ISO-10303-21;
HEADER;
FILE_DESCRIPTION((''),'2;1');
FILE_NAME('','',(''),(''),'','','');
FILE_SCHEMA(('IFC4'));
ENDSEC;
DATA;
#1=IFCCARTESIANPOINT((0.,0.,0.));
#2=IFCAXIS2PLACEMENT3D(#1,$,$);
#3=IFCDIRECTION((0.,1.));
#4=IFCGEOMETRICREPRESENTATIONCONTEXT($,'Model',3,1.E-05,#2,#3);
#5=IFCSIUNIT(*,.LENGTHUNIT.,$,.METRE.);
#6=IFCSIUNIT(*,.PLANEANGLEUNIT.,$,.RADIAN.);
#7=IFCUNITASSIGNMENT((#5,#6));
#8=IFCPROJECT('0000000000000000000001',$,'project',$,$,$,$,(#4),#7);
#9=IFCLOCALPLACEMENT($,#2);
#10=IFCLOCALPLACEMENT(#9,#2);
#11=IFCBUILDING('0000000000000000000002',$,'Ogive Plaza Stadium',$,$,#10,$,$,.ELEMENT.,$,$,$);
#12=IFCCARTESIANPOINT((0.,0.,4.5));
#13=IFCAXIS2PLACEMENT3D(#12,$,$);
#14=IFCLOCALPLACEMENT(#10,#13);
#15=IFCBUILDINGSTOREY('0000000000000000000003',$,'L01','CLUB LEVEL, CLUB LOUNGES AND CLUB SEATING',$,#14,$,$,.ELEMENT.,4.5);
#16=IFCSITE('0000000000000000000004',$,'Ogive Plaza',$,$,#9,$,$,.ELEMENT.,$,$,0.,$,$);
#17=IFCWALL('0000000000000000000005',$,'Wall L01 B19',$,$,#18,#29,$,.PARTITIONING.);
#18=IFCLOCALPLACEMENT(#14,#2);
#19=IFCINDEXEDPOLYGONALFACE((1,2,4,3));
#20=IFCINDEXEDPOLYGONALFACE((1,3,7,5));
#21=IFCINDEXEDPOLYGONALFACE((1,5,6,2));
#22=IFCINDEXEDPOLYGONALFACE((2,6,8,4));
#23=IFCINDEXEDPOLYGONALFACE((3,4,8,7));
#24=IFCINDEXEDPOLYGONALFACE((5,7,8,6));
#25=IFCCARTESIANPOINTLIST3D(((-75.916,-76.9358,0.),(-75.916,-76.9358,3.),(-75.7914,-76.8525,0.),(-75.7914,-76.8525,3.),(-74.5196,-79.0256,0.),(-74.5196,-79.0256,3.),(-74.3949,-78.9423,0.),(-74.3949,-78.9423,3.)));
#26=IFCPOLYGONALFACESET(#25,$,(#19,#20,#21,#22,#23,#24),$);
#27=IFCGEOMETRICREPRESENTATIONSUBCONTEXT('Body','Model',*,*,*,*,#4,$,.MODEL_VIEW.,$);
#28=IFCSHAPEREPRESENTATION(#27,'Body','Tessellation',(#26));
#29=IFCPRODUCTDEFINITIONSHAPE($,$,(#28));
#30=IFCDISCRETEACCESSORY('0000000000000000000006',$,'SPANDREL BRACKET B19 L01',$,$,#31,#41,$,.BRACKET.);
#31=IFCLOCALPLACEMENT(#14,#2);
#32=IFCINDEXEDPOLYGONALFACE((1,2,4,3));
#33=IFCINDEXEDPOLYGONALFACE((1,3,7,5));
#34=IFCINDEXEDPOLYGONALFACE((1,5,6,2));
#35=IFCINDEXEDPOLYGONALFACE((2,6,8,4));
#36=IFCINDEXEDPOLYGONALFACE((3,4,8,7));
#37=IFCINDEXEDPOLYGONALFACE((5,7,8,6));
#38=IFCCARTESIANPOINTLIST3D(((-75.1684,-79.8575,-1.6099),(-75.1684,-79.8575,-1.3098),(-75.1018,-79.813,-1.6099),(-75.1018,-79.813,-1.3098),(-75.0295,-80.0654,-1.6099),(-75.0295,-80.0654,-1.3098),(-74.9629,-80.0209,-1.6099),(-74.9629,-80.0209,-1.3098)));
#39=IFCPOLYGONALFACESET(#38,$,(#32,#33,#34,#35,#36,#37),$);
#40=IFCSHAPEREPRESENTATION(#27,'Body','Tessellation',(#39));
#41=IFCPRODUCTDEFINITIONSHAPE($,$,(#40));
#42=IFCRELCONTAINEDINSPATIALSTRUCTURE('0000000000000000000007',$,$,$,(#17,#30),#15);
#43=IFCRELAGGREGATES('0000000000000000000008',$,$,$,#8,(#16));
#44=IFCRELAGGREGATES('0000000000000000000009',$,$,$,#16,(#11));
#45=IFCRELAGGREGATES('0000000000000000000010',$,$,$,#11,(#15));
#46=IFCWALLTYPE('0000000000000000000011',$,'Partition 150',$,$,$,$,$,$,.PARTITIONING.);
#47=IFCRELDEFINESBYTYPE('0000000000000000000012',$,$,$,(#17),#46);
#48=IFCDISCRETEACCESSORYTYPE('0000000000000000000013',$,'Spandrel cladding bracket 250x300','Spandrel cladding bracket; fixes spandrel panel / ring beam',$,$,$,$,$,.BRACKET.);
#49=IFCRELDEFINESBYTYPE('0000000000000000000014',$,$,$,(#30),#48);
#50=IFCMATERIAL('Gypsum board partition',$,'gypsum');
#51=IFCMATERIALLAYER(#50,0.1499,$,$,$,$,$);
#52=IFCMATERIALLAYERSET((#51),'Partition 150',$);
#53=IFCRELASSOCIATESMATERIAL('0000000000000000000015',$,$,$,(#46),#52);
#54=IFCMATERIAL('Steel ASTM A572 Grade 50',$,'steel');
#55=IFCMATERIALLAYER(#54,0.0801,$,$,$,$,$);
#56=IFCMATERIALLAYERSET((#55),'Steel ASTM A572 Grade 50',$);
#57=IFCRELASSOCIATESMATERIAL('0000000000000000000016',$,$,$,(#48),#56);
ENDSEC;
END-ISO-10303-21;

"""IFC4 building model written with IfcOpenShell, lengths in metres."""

from ifc_helpers import new_model, si_unit, direction, frame, frame_2d, origin, origin_2d, place, context, subcontext, project, spatial, rectangle, extrude, material, layer, layer_set, type_object, element, save


model = new_model("IFC4")

# Units and contexts
model_context = context("Model", 3, precision=1e-05, world=origin(), true_north=direction((0.0, 1.0)))
body_context = subcontext(model_context, "Body", "Model", "MODEL_VIEW")
ifc_project = project(units=[si_unit("LENGTHUNIT", "METRE"), si_unit("PLANEANGLEUNIT", "RADIAN")], contexts=[model_context])

# Site, building, storey
site_placement = place(None, origin())
site = spatial("IfcSite", under=ifc_project, at=site_placement, Name="Ogive Plaza", CompositionType="ELEMENT", RefElevation=0.0)
building_placement = place(site_placement, origin())
building = spatial("IfcBuilding", under=site, at=building_placement, Name="Ogive Plaza Stadium", CompositionType="ELEMENT")
storey_placement = place(building_placement, frame((0.0, 0.0, 4.5)))
storey = spatial("IfcBuildingStorey", under=building, at=storey_placement, Name="L01", Description="CLUB LEVEL, CLUB LOUNGES AND CLUB SEATING", CompositionType="ELEMENT", Elevation=4.5)

# Wall
ifc_material_1 = material(Name="Gypsum board partition", Category="gypsum")
ifc_layer_1 = layer(ifc_material_1, 0.1499)
ifc_layer_set_1 = layer_set([ifc_layer_1], Name="Partition 150")
wall_type = type_object("IfcWallType", Name="Partition 150", PredefinedType="PARTITIONING", material=ifc_layer_set_1)
wall_placement = place(storey_placement, frame((-75.8538, -76.894, 0.0), z_axis=(0.0, 0.0, 1.0), x_axis=(0.555596, -0.831452, 0.0)))
element("IfcWall", 1, at=wall_placement, inside=storey, type_object=wall_type, Name="Wall L01 B19", PredefinedType="PARTITIONING", context=body_context, shape_type="SweptSolid", body=[
    extrude(rectangle(XDim=2.5134, YDim=0.1499, at=frame_2d((1.2568, 0.0))), origin(), (0.0, 0.0, 1.0), 3.0),
])

# Discrete accessory
ifc_material_2 = material(Name="Steel ASTM A572 Grade 50", Category="steel")
ifc_layer_2 = layer(ifc_material_2, 0.0801)
ifc_layer_set_2 = layer_set([ifc_layer_2], Name="Steel ASTM A572 Grade 50")
discrete_accessory_type = type_object("IfcDiscreteAccessoryType", Name="Spandrel cladding bracket 250x300", Description="Spandrel cladding bracket; fixes spandrel panel / ring beam", PredefinedType="BRACKET", material=ifc_layer_set_2)
discrete_accessory_placement = place(storey_placement, frame((-75.0657, -79.9392, -1.6099), z_axis=(0.0, 0.0, 1.0), x_axis=(-0.55557, 0.83147, 0.0)))
element("IfcDiscreteAccessory", 2, at=discrete_accessory_placement, inside=storey, type_object=discrete_accessory_type, Name="SPANDREL BRACKET B19 L01", PredefinedType="BRACKET", context=body_context, shape_type="SweptSolid", body=[
    extrude(rectangle(XDim=0.25, YDim=0.0801, at=origin_2d()), origin(), (0.0, 0.0, 1.0), 0.3),
])

save(model, "model.ifc")
